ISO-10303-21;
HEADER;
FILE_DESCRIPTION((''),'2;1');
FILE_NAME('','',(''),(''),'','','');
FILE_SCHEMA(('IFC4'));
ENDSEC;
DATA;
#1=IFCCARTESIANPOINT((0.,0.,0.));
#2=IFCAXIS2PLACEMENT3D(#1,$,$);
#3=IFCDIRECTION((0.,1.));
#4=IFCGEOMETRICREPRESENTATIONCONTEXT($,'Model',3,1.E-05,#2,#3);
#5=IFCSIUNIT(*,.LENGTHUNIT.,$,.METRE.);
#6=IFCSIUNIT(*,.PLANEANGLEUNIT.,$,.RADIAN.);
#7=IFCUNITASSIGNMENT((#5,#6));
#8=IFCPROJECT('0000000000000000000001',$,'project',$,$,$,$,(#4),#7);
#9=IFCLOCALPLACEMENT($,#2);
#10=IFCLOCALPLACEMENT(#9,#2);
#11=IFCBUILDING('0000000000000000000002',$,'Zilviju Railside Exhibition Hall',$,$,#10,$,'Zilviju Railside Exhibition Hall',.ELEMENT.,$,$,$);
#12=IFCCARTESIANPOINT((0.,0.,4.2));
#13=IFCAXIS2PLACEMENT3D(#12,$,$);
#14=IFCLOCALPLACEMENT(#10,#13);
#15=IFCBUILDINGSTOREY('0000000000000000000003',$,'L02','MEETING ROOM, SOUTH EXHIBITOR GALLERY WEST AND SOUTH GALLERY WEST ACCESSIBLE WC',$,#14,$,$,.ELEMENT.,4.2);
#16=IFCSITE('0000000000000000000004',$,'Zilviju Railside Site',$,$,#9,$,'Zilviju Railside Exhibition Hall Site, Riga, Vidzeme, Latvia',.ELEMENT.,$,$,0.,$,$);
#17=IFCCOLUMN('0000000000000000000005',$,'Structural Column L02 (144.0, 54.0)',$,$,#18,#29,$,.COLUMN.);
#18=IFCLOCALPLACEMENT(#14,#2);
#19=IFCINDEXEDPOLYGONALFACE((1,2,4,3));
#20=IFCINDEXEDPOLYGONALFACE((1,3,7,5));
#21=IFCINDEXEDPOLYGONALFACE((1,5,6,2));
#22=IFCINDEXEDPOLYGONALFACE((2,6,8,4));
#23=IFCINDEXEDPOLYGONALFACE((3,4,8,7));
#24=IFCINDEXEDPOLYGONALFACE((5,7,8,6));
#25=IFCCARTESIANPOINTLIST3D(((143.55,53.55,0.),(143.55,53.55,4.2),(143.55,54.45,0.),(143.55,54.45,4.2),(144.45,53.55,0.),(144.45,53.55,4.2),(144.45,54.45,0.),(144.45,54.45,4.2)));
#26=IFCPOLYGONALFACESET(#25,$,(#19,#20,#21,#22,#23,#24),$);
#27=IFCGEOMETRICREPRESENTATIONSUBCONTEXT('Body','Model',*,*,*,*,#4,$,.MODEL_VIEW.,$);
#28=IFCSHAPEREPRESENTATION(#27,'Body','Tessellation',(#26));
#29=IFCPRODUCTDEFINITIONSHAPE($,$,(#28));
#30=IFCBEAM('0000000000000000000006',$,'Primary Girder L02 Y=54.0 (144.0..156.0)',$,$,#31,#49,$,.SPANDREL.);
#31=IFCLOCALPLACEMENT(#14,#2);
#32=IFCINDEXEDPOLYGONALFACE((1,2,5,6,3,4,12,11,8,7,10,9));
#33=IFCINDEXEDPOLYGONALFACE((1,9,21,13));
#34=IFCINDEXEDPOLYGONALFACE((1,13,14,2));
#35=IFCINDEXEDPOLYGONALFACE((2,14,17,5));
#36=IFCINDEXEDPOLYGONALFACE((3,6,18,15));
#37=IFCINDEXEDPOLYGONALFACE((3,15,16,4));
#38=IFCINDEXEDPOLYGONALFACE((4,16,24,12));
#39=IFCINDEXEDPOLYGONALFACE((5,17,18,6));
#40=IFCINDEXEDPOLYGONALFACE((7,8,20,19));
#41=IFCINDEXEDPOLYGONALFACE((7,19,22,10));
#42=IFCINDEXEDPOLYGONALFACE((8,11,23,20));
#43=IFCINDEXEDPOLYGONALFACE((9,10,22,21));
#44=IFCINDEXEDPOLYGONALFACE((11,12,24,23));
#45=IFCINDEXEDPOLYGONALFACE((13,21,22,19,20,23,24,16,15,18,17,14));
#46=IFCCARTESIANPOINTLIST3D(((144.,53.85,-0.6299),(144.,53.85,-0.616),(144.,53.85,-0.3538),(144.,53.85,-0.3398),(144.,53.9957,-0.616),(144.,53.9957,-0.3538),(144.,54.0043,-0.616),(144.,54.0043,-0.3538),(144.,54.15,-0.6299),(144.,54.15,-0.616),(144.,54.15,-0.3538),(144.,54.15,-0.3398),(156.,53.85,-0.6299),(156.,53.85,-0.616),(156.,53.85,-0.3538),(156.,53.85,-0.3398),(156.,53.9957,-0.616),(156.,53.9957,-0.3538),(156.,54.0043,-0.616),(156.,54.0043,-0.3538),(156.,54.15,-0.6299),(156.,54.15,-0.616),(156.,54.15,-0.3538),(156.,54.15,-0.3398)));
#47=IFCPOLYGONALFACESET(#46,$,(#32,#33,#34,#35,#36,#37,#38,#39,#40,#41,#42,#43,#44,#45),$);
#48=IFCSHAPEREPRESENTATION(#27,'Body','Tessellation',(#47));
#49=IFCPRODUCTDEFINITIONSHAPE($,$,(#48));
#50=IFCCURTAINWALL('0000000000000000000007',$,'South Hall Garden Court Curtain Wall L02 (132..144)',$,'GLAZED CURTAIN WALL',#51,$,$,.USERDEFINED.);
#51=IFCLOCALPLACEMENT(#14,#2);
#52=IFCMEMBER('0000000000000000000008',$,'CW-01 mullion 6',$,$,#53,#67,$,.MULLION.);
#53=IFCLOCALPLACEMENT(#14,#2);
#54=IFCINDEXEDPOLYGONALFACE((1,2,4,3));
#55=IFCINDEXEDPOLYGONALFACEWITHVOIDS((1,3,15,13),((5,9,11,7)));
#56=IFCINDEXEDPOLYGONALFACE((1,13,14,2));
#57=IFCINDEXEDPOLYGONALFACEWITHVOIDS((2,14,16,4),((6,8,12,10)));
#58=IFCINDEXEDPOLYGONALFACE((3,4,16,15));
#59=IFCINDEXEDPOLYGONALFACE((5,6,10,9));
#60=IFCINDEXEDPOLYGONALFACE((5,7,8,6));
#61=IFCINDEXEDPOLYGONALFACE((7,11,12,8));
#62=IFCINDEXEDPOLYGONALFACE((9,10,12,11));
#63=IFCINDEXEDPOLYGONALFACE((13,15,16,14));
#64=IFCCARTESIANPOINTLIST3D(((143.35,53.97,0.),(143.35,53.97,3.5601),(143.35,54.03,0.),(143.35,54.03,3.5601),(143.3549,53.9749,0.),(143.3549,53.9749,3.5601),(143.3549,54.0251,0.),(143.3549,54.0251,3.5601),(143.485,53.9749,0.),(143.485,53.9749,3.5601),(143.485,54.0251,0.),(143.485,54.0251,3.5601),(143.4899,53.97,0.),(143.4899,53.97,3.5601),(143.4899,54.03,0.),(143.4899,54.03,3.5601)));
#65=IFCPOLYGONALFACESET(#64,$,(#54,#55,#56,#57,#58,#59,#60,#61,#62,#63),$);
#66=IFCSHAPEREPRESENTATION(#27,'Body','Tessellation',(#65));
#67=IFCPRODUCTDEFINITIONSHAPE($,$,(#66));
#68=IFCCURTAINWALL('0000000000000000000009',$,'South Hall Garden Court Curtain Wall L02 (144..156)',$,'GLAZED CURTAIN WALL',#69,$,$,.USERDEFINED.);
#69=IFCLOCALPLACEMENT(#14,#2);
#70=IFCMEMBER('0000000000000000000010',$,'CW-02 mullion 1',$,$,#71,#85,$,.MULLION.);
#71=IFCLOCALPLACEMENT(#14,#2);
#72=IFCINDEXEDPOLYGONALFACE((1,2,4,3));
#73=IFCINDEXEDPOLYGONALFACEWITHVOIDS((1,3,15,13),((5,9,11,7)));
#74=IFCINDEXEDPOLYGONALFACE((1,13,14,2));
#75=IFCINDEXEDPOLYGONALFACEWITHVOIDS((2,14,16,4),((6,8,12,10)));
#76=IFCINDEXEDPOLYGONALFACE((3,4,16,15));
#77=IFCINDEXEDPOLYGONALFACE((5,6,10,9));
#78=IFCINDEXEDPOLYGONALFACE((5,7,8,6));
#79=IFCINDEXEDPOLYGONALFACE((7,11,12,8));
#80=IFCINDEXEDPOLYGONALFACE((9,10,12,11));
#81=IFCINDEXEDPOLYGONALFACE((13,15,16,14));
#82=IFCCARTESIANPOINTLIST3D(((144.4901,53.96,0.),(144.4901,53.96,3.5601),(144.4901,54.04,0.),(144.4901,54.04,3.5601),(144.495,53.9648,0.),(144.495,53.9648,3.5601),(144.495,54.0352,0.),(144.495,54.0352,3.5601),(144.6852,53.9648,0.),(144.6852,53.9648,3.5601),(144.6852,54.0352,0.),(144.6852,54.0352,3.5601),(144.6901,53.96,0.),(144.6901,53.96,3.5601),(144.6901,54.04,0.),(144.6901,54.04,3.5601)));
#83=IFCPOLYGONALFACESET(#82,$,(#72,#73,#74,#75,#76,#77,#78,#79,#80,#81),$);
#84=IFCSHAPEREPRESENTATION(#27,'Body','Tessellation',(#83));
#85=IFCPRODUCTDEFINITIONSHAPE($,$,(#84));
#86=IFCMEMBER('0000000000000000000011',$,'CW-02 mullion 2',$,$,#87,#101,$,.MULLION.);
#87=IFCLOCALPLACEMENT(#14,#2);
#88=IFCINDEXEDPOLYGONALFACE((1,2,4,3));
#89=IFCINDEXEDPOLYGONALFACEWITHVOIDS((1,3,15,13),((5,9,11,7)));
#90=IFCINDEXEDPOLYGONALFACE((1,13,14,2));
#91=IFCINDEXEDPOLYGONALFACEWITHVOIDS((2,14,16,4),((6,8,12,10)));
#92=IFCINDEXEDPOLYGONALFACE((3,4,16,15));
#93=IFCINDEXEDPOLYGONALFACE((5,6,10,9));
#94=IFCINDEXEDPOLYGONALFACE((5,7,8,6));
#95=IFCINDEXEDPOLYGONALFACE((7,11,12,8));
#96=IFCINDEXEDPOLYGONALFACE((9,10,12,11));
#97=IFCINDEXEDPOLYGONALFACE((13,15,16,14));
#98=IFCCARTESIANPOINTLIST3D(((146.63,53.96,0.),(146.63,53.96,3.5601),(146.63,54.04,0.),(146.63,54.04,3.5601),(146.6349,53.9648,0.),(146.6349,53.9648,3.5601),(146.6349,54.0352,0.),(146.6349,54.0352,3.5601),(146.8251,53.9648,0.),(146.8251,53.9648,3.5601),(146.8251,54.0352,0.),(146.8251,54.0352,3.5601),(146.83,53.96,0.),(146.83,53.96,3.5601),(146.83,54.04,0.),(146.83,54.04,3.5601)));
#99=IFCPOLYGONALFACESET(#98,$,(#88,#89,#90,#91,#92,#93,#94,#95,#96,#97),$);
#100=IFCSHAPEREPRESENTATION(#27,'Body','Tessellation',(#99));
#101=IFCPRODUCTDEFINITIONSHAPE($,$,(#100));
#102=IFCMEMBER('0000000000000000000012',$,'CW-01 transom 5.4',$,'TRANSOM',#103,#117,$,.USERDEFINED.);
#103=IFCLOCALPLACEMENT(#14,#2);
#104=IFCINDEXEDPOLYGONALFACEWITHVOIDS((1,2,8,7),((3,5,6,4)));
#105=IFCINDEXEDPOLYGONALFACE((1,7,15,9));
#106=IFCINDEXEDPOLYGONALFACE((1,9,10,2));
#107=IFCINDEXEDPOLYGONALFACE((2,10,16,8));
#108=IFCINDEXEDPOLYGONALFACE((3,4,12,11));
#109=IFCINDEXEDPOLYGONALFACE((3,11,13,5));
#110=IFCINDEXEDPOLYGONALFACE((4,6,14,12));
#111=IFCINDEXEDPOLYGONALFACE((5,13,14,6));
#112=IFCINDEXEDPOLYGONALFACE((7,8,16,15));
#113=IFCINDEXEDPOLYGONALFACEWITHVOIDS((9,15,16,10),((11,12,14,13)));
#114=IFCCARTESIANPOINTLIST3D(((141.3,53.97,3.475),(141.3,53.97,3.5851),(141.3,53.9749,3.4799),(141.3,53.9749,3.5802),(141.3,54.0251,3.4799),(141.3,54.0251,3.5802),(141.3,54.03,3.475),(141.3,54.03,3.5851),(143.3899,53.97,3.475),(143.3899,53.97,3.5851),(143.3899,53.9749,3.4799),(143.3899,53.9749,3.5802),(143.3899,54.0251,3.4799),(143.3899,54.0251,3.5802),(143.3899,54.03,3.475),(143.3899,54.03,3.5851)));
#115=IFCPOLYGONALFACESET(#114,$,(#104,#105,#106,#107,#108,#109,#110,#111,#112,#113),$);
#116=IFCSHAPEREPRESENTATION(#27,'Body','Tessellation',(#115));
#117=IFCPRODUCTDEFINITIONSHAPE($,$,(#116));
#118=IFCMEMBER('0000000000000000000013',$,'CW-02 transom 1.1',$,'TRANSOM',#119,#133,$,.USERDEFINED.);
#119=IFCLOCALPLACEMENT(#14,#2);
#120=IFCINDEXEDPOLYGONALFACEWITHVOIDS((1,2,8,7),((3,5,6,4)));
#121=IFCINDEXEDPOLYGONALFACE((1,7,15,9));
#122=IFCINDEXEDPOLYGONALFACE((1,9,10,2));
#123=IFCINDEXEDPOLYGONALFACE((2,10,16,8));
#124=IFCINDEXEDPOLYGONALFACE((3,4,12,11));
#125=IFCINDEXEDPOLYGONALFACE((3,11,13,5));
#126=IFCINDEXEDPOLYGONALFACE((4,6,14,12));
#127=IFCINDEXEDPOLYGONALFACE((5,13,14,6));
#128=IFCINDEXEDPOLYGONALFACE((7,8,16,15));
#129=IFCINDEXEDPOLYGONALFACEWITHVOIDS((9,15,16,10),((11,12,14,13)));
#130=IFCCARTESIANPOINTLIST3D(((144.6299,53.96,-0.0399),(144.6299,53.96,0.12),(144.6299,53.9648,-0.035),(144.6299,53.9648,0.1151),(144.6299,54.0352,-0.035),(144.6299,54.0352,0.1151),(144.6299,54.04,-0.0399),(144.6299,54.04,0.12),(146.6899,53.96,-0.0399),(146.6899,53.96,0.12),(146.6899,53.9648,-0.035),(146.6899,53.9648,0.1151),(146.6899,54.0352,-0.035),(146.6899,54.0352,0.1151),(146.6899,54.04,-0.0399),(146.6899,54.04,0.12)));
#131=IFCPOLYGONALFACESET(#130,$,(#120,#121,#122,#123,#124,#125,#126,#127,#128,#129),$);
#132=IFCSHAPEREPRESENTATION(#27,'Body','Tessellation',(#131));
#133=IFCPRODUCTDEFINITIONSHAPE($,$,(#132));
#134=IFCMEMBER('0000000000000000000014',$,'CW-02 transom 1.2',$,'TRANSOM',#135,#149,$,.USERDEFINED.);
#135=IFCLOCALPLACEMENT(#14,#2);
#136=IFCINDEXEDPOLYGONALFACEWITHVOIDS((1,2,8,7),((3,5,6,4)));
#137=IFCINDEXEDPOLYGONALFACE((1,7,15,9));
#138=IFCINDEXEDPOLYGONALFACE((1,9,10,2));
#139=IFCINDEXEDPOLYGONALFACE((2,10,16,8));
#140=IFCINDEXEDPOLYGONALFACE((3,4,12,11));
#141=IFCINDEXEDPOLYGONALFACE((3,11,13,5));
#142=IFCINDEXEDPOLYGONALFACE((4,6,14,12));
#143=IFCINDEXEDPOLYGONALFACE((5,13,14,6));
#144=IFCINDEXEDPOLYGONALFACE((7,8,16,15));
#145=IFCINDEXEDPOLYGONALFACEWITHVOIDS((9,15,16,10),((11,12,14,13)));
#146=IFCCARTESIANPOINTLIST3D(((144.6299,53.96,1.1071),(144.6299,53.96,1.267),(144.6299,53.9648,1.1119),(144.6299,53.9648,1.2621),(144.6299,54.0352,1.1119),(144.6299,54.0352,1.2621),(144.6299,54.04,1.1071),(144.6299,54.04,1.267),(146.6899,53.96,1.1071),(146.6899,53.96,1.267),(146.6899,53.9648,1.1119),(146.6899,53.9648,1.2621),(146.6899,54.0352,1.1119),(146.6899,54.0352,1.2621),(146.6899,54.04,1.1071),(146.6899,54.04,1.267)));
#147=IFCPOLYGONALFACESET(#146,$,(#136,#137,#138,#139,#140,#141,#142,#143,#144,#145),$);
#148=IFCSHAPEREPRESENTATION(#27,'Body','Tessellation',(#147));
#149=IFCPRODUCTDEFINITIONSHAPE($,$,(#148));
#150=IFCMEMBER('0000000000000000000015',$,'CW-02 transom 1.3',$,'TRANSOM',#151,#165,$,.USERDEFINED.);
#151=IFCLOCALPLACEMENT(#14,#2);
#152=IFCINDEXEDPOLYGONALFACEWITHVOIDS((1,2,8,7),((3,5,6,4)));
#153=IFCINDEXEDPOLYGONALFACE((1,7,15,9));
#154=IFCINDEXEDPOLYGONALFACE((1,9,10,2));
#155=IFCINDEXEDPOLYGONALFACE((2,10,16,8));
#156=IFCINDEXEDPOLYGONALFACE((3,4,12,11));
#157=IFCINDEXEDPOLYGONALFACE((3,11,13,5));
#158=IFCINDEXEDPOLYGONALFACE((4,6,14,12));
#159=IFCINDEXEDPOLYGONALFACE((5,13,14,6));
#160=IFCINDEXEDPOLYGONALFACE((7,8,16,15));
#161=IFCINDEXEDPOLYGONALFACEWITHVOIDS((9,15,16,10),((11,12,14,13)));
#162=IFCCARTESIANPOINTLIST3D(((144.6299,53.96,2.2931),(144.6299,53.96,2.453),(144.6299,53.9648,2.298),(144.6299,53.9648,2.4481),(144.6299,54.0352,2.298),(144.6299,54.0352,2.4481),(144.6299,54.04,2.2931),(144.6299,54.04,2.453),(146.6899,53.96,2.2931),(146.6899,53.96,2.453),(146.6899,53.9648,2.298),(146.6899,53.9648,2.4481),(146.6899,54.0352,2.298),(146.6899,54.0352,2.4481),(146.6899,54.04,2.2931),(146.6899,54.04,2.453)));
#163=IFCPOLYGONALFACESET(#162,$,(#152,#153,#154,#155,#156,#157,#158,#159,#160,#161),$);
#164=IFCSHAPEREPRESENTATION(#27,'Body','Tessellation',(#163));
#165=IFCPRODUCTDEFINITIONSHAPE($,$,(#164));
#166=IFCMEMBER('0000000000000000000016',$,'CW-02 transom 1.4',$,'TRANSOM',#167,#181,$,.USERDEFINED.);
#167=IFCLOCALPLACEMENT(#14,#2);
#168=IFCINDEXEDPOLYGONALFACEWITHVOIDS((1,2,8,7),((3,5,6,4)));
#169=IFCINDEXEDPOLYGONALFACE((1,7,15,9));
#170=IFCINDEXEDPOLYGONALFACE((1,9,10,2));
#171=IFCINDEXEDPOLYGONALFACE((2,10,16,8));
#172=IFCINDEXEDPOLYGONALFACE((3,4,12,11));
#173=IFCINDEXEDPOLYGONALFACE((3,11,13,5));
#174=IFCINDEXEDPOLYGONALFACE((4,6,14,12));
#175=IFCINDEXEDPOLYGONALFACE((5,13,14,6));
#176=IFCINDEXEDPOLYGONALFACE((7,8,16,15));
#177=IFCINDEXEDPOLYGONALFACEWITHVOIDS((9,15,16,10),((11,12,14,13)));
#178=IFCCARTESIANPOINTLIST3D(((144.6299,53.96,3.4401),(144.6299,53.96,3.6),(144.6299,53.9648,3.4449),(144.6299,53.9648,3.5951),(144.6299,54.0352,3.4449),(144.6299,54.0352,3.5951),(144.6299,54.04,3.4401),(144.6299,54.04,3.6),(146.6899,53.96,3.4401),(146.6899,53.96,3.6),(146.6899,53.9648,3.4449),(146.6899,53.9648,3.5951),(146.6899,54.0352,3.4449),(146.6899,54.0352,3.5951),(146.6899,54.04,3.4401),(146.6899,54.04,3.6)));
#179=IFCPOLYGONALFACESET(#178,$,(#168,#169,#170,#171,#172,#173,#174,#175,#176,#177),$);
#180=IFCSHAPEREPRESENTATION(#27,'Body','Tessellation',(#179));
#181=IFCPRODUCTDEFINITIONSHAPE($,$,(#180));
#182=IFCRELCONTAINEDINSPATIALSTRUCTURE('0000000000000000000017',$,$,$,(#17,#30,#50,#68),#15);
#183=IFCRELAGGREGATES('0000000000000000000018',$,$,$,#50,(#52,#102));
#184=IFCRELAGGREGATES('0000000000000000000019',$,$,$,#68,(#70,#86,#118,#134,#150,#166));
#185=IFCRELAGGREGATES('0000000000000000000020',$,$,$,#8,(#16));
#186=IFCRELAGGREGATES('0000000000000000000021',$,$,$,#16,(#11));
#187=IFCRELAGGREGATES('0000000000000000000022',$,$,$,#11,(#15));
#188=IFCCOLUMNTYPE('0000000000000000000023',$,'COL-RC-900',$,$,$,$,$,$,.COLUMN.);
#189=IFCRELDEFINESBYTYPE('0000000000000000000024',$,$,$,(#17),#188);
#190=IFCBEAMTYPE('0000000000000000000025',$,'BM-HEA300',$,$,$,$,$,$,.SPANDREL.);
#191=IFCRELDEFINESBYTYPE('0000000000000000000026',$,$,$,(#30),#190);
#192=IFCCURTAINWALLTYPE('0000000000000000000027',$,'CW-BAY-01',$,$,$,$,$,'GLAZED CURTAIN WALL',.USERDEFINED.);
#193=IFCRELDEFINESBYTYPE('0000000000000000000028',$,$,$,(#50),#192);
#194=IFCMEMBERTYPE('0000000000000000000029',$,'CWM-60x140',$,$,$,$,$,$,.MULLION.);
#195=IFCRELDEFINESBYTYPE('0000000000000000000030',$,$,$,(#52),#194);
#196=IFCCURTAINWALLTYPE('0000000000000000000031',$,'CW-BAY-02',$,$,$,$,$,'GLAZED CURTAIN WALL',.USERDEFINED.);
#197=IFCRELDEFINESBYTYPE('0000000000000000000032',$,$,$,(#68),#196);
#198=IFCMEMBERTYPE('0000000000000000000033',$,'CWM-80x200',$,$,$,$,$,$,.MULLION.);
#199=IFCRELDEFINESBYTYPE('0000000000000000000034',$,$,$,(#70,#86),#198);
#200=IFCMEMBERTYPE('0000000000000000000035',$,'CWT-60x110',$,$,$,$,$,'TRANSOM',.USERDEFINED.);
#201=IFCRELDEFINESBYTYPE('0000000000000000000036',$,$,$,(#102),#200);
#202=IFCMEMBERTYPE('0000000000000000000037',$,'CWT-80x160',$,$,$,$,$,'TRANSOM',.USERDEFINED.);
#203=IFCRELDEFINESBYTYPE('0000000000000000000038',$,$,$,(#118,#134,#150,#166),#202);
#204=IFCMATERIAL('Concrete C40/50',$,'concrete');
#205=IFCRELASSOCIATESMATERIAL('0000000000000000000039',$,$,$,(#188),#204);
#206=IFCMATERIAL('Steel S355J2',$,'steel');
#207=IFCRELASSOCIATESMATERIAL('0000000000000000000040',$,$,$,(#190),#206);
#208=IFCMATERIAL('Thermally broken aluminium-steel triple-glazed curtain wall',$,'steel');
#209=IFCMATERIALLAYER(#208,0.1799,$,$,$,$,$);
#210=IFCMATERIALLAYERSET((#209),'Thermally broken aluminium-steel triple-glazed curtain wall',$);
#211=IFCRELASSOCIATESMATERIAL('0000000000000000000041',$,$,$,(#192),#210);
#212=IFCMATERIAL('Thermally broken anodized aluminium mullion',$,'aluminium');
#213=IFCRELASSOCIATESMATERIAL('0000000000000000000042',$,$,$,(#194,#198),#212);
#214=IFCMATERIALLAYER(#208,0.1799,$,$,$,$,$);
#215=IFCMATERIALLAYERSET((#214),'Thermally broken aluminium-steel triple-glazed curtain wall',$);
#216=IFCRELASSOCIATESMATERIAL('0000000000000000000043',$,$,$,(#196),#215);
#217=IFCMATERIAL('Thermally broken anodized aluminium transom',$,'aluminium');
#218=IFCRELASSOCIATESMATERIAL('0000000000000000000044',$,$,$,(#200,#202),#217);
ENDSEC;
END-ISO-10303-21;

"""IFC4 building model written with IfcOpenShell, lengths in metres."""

from ifc_helpers import new_model, si_unit, direction, frame, origin, origin_2d, place, context, subcontext, project, spatial, rectangle, hollow_rectangle, i_section, extrude, material, layer, layer_set, material_profile, profile_set, type_object, element, aggregate, save


model = new_model("IFC4")

# Units and contexts
model_context = context("Model", 3, precision=1e-05, world=origin(), true_north=direction((0.0, 1.0)))
body_context = subcontext(model_context, "Body", "Model", "MODEL_VIEW")
ifc_project = project(units=[si_unit("LENGTHUNIT", "METRE"), si_unit("PLANEANGLEUNIT", "RADIAN")], contexts=[model_context])

# Site, building, storey
site_placement = place(None, origin())
site = spatial("IfcSite", under=ifc_project, at=site_placement, Name="Zilviju Railside Site", LongName="Zilviju Railside Exhibition Hall Site, Riga, Vidzeme, Latvia", CompositionType="ELEMENT", RefElevation=0.0)
building_placement = place(site_placement, origin())
building = spatial("IfcBuilding", under=site, at=building_placement, Name="Zilviju Railside Exhibition Hall", LongName="Zilviju Railside Exhibition Hall", CompositionType="ELEMENT")
storey_placement = place(building_placement, frame((0.0, 0.0, 4.2)))
storey = spatial("IfcBuildingStorey", under=building, at=storey_placement, Name="L02", Description="MEETING ROOM, SOUTH EXHIBITOR GALLERY WEST AND SOUTH GALLERY WEST ACCESSIBLE WC", CompositionType="ELEMENT", Elevation=4.2)

# Column
ifc_material_1 = material(Name="Concrete C40/50", Category="concrete")
ifc_material_profile_1 = material_profile(ifc_material_1, rectangle(XDim=0.8999, YDim=0.8999, at=origin_2d()), Name="RC COL 900x900")
ifc_profile_set_1 = profile_set([ifc_material_profile_1], Name="Concrete C40/50")
column_type = type_object("IfcColumnType", Name="COL-RC-900", PredefinedType="COLUMN", material=ifc_profile_set_1)
column_placement = place(storey_placement, frame((144.0, 54.0, 0.0), z_axis=(0.0, 0.0, 1.0), x_axis=(1.0, 0.0, 0.0)))
element("IfcColumn", 1, at=column_placement, inside=storey, type_object=column_type, Name="Structural Column L02 (144.0, 54.0)", PredefinedType="COLUMN", context=body_context, shape_type="SweptSolid", body=[
    extrude(rectangle(XDim=0.8999, YDim=0.8999, at=origin_2d()), origin(), (0.0, 0.0, 1.0), 4.2),
])

# Beam
ifc_material_2 = material(Name="Steel S355J2", Category="steel")
ifc_material_profile_2 = material_profile(ifc_material_2, i_section(OverallWidth=0.3, OverallDepth=0.29, WebThickness=0.0085, FlangeThickness=0.0139, at=origin_2d()), Name="HEA 300")
ifc_profile_set_2 = profile_set([ifc_material_profile_2], Name="Steel S355J2")
beam_type = type_object("IfcBeamType", Name="BM-HEA300", PredefinedType="SPANDREL", material=ifc_profile_set_2)
beam_placement = place(storey_placement, frame((144.0, 54.0, -0.4849), z_axis=(1.0, 0.0, 0.0), x_axis=(0.0, 1.0, 0.0)))
element("IfcBeam", 2, at=beam_placement, inside=storey, type_object=beam_type, Name="Primary Girder L02 Y=54.0 (144.0..156.0)", PredefinedType="SPANDREL", context=body_context, shape_type="SweptSolid", body=[
    extrude(i_section(OverallWidth=0.3, OverallDepth=0.29, WebThickness=0.0085, FlangeThickness=0.0139, at=origin_2d()), origin(), (0.0, 0.0, 1.0), 12.0),
])

# Curtain wall, member
ifc_material_3 = material(Name="Thermally broken aluminium-steel triple-glazed curtain wall", Category="steel")
ifc_layer_1 = layer(ifc_material_3, 0.1799)
ifc_layer_set_1 = layer_set([ifc_layer_1], Name="Thermally broken aluminium-steel triple-glazed curtain wall")
curtain_wall_type_1 = type_object("IfcCurtainWallType", Name="CW-BAY-01", ElementType="GLAZED CURTAIN WALL", PredefinedType="USERDEFINED", material=ifc_layer_set_1)
curtain_wall_1_placement = place(storey_placement, origin())
curtain_wall_1 = element("IfcCurtainWall", 3, at=curtain_wall_1_placement, inside=storey, type_object=curtain_wall_type_1, Name="South Hall Garden Court Curtain Wall L02 (132..144)", ObjectType="GLAZED CURTAIN WALL", PredefinedType="USERDEFINED")
ifc_material_4 = material(Name="Thermally broken anodized aluminium mullion", Category="aluminium")
ifc_material_profile_3 = material_profile(ifc_material_4, hollow_rectangle(XDim=0.0601, YDim=0.1399, WallThickness=0.0049, at=origin_2d()), Name="MULLION 140x60x5")
ifc_profile_set_3 = profile_set([ifc_material_profile_3], Name="Thermally broken anodized aluminium mullion")
member_type_1 = type_object("IfcMemberType", Name="CWM-60x140", PredefinedType="MULLION", material=ifc_profile_set_3)
member_1_placement = place(storey_placement, frame((143.4199, 54.0, 0.0), z_axis=(0.0, 0.0, 1.0), x_axis=(0.0, 1.0, 0.0)))
member_1 = element("IfcMember", 4, at=member_1_placement, type_object=member_type_1, Name="CW-01 mullion 6", PredefinedType="MULLION", context=body_context, shape_type="SweptSolid", body=[
    extrude(hollow_rectangle(XDim=0.0601, YDim=0.1399, WallThickness=0.0049, at=origin_2d()), origin(), (0.0, 0.0, 1.0), 3.5601),
])

# Curtain wall, members
ifc_layer_2 = layer(ifc_material_3, 0.1799)
ifc_layer_set_2 = layer_set([ifc_layer_2], Name="Thermally broken aluminium-steel triple-glazed curtain wall")
curtain_wall_type_2 = type_object("IfcCurtainWallType", Name="CW-BAY-02", ElementType="GLAZED CURTAIN WALL", PredefinedType="USERDEFINED", material=ifc_layer_set_2)
curtain_wall_2_placement = place(storey_placement, origin())
curtain_wall_2 = element("IfcCurtainWall", 5, at=curtain_wall_2_placement, inside=storey, type_object=curtain_wall_type_2, Name="South Hall Garden Court Curtain Wall L02 (144..156)", ObjectType="GLAZED CURTAIN WALL", PredefinedType="USERDEFINED")
ifc_material_profile_4 = material_profile(ifc_material_4, hollow_rectangle(XDim=0.0801, YDim=0.2, WallThickness=0.0049, at=origin_2d()), Name="MULLION 200x80x5")
ifc_profile_set_4 = profile_set([ifc_material_profile_4], Name="Thermally broken anodized aluminium mullion")
member_type_2 = type_object("IfcMemberType", Name="CWM-80x200", PredefinedType="MULLION", material=ifc_profile_set_4)
member_2_placement = place(storey_placement, frame((144.5901, 54.0, 0.0), z_axis=(0.0, 0.0, 1.0), x_axis=(0.0, 1.0, 0.0)))
member_2 = element("IfcMember", 6, at=member_2_placement, type_object=member_type_2, Name="CW-02 mullion 1", PredefinedType="MULLION", context=body_context, shape_type="SweptSolid", body=[
    extrude(hollow_rectangle(XDim=0.0801, YDim=0.2, WallThickness=0.0049, at=origin_2d()), origin(), (0.0, 0.0, 1.0), 3.5601),
])
member_3_placement = place(storey_placement, frame((146.73, 54.0, 0.0), z_axis=(0.0, 0.0, 1.0), x_axis=(0.0, 1.0, 0.0)))
member_3 = element("IfcMember", 7, at=member_3_placement, type_object=member_type_2, Name="CW-02 mullion 2", PredefinedType="MULLION", context=body_context, shape_type="SweptSolid", body=[
    extrude(hollow_rectangle(XDim=0.0801, YDim=0.2, WallThickness=0.0049, at=origin_2d()), origin(), (0.0, 0.0, 1.0), 3.5601),
])

# Members
ifc_material_5 = material(Name="Thermally broken anodized aluminium transom", Category="aluminium")
ifc_material_profile_5 = material_profile(ifc_material_5, hollow_rectangle(XDim=0.0601, YDim=0.1101, WallThickness=0.0049, at=origin_2d()), Name="TRANSOM 110x60x5")
ifc_profile_set_5 = profile_set([ifc_material_profile_5], Name="Thermally broken anodized aluminium transom")
member_type_3 = type_object("IfcMemberType", Name="CWT-60x110", ElementType="TRANSOM", PredefinedType="USERDEFINED", material=ifc_profile_set_5)
member_4_placement = place(storey_placement, frame((141.3, 54.0, 3.53), z_axis=(1.0, 0.0, 0.0), x_axis=(0.0, 1.0, 0.0)))
member_4 = element("IfcMember", 8, at=member_4_placement, type_object=member_type_3, Name="CW-01 transom 5.4", ObjectType="TRANSOM", PredefinedType="USERDEFINED", context=body_context, shape_type="SweptSolid", body=[
    extrude(hollow_rectangle(XDim=0.0601, YDim=0.1101, WallThickness=0.0049, at=origin_2d()), origin(), (0.0, 0.0, 1.0), 2.0898),
])
ifc_material_profile_6 = material_profile(ifc_material_5, hollow_rectangle(XDim=0.0801, YDim=0.1599, WallThickness=0.0049, at=origin_2d()), Name="TRANSOM 160x80x5")
ifc_profile_set_6 = profile_set([ifc_material_profile_6], Name="Thermally broken anodized aluminium transom")
member_type_4 = type_object("IfcMemberType", Name="CWT-80x160", ElementType="TRANSOM", PredefinedType="USERDEFINED", material=ifc_profile_set_6)
member_5_placement = place(storey_placement, frame((144.6299, 54.0, 0.04), z_axis=(1.0, 0.0, 0.0), x_axis=(0.0, 1.0, 0.0)))
member_5 = element("IfcMember", 9, at=member_5_placement, type_object=member_type_4, Name="CW-02 transom 1.1", ObjectType="TRANSOM", PredefinedType="USERDEFINED", context=body_context, shape_type="SweptSolid", body=[
    extrude(hollow_rectangle(XDim=0.0801, YDim=0.1599, WallThickness=0.0049, at=origin_2d()), origin(), (0.0, 0.0, 1.0), 2.0601),
])
member_6_placement = place(storey_placement, frame((144.6299, 54.0, 1.187), z_axis=(1.0, 0.0, 0.0), x_axis=(0.0, 1.0, 0.0)))
member_6 = element("IfcMember", 10, at=member_6_placement, type_object=member_type_4, Name="CW-02 transom 1.2", ObjectType="TRANSOM", PredefinedType="USERDEFINED", context=body_context, shape_type="SweptSolid", body=[
    extrude(hollow_rectangle(XDim=0.0801, YDim=0.1599, WallThickness=0.0049, at=origin_2d()), origin(), (0.0, 0.0, 1.0), 2.0601),
])
member_7_placement = place(storey_placement, frame((144.6299, 54.0, 2.373), z_axis=(1.0, 0.0, 0.0), x_axis=(0.0, 1.0, 0.0)))
member_7 = element("IfcMember", 11, at=member_7_placement, type_object=member_type_4, Name="CW-02 transom 1.3", ObjectType="TRANSOM", PredefinedType="USERDEFINED", context=body_context, shape_type="SweptSolid", body=[
    extrude(hollow_rectangle(XDim=0.0801, YDim=0.1599, WallThickness=0.0049, at=origin_2d()), origin(), (0.0, 0.0, 1.0), 2.0601),
])
member_8_placement = place(storey_placement, frame((144.6299, 54.0, 3.52), z_axis=(1.0, 0.0, 0.0), x_axis=(0.0, 1.0, 0.0)))
member_8 = element("IfcMember", 12, at=member_8_placement, type_object=member_type_4, Name="CW-02 transom 1.4", ObjectType="TRANSOM", PredefinedType="USERDEFINED", context=body_context, shape_type="SweptSolid", body=[
    extrude(hollow_rectangle(XDim=0.0801, YDim=0.1599, WallThickness=0.0049, at=origin_2d()), origin(), (0.0, 0.0, 1.0), 2.0601),
])

aggregate(curtain_wall_1, [member_1, member_4])
aggregate(curtain_wall_2, [member_2, member_3, member_5, member_6, member_7, member_8])

save(model, "model.ifc")
